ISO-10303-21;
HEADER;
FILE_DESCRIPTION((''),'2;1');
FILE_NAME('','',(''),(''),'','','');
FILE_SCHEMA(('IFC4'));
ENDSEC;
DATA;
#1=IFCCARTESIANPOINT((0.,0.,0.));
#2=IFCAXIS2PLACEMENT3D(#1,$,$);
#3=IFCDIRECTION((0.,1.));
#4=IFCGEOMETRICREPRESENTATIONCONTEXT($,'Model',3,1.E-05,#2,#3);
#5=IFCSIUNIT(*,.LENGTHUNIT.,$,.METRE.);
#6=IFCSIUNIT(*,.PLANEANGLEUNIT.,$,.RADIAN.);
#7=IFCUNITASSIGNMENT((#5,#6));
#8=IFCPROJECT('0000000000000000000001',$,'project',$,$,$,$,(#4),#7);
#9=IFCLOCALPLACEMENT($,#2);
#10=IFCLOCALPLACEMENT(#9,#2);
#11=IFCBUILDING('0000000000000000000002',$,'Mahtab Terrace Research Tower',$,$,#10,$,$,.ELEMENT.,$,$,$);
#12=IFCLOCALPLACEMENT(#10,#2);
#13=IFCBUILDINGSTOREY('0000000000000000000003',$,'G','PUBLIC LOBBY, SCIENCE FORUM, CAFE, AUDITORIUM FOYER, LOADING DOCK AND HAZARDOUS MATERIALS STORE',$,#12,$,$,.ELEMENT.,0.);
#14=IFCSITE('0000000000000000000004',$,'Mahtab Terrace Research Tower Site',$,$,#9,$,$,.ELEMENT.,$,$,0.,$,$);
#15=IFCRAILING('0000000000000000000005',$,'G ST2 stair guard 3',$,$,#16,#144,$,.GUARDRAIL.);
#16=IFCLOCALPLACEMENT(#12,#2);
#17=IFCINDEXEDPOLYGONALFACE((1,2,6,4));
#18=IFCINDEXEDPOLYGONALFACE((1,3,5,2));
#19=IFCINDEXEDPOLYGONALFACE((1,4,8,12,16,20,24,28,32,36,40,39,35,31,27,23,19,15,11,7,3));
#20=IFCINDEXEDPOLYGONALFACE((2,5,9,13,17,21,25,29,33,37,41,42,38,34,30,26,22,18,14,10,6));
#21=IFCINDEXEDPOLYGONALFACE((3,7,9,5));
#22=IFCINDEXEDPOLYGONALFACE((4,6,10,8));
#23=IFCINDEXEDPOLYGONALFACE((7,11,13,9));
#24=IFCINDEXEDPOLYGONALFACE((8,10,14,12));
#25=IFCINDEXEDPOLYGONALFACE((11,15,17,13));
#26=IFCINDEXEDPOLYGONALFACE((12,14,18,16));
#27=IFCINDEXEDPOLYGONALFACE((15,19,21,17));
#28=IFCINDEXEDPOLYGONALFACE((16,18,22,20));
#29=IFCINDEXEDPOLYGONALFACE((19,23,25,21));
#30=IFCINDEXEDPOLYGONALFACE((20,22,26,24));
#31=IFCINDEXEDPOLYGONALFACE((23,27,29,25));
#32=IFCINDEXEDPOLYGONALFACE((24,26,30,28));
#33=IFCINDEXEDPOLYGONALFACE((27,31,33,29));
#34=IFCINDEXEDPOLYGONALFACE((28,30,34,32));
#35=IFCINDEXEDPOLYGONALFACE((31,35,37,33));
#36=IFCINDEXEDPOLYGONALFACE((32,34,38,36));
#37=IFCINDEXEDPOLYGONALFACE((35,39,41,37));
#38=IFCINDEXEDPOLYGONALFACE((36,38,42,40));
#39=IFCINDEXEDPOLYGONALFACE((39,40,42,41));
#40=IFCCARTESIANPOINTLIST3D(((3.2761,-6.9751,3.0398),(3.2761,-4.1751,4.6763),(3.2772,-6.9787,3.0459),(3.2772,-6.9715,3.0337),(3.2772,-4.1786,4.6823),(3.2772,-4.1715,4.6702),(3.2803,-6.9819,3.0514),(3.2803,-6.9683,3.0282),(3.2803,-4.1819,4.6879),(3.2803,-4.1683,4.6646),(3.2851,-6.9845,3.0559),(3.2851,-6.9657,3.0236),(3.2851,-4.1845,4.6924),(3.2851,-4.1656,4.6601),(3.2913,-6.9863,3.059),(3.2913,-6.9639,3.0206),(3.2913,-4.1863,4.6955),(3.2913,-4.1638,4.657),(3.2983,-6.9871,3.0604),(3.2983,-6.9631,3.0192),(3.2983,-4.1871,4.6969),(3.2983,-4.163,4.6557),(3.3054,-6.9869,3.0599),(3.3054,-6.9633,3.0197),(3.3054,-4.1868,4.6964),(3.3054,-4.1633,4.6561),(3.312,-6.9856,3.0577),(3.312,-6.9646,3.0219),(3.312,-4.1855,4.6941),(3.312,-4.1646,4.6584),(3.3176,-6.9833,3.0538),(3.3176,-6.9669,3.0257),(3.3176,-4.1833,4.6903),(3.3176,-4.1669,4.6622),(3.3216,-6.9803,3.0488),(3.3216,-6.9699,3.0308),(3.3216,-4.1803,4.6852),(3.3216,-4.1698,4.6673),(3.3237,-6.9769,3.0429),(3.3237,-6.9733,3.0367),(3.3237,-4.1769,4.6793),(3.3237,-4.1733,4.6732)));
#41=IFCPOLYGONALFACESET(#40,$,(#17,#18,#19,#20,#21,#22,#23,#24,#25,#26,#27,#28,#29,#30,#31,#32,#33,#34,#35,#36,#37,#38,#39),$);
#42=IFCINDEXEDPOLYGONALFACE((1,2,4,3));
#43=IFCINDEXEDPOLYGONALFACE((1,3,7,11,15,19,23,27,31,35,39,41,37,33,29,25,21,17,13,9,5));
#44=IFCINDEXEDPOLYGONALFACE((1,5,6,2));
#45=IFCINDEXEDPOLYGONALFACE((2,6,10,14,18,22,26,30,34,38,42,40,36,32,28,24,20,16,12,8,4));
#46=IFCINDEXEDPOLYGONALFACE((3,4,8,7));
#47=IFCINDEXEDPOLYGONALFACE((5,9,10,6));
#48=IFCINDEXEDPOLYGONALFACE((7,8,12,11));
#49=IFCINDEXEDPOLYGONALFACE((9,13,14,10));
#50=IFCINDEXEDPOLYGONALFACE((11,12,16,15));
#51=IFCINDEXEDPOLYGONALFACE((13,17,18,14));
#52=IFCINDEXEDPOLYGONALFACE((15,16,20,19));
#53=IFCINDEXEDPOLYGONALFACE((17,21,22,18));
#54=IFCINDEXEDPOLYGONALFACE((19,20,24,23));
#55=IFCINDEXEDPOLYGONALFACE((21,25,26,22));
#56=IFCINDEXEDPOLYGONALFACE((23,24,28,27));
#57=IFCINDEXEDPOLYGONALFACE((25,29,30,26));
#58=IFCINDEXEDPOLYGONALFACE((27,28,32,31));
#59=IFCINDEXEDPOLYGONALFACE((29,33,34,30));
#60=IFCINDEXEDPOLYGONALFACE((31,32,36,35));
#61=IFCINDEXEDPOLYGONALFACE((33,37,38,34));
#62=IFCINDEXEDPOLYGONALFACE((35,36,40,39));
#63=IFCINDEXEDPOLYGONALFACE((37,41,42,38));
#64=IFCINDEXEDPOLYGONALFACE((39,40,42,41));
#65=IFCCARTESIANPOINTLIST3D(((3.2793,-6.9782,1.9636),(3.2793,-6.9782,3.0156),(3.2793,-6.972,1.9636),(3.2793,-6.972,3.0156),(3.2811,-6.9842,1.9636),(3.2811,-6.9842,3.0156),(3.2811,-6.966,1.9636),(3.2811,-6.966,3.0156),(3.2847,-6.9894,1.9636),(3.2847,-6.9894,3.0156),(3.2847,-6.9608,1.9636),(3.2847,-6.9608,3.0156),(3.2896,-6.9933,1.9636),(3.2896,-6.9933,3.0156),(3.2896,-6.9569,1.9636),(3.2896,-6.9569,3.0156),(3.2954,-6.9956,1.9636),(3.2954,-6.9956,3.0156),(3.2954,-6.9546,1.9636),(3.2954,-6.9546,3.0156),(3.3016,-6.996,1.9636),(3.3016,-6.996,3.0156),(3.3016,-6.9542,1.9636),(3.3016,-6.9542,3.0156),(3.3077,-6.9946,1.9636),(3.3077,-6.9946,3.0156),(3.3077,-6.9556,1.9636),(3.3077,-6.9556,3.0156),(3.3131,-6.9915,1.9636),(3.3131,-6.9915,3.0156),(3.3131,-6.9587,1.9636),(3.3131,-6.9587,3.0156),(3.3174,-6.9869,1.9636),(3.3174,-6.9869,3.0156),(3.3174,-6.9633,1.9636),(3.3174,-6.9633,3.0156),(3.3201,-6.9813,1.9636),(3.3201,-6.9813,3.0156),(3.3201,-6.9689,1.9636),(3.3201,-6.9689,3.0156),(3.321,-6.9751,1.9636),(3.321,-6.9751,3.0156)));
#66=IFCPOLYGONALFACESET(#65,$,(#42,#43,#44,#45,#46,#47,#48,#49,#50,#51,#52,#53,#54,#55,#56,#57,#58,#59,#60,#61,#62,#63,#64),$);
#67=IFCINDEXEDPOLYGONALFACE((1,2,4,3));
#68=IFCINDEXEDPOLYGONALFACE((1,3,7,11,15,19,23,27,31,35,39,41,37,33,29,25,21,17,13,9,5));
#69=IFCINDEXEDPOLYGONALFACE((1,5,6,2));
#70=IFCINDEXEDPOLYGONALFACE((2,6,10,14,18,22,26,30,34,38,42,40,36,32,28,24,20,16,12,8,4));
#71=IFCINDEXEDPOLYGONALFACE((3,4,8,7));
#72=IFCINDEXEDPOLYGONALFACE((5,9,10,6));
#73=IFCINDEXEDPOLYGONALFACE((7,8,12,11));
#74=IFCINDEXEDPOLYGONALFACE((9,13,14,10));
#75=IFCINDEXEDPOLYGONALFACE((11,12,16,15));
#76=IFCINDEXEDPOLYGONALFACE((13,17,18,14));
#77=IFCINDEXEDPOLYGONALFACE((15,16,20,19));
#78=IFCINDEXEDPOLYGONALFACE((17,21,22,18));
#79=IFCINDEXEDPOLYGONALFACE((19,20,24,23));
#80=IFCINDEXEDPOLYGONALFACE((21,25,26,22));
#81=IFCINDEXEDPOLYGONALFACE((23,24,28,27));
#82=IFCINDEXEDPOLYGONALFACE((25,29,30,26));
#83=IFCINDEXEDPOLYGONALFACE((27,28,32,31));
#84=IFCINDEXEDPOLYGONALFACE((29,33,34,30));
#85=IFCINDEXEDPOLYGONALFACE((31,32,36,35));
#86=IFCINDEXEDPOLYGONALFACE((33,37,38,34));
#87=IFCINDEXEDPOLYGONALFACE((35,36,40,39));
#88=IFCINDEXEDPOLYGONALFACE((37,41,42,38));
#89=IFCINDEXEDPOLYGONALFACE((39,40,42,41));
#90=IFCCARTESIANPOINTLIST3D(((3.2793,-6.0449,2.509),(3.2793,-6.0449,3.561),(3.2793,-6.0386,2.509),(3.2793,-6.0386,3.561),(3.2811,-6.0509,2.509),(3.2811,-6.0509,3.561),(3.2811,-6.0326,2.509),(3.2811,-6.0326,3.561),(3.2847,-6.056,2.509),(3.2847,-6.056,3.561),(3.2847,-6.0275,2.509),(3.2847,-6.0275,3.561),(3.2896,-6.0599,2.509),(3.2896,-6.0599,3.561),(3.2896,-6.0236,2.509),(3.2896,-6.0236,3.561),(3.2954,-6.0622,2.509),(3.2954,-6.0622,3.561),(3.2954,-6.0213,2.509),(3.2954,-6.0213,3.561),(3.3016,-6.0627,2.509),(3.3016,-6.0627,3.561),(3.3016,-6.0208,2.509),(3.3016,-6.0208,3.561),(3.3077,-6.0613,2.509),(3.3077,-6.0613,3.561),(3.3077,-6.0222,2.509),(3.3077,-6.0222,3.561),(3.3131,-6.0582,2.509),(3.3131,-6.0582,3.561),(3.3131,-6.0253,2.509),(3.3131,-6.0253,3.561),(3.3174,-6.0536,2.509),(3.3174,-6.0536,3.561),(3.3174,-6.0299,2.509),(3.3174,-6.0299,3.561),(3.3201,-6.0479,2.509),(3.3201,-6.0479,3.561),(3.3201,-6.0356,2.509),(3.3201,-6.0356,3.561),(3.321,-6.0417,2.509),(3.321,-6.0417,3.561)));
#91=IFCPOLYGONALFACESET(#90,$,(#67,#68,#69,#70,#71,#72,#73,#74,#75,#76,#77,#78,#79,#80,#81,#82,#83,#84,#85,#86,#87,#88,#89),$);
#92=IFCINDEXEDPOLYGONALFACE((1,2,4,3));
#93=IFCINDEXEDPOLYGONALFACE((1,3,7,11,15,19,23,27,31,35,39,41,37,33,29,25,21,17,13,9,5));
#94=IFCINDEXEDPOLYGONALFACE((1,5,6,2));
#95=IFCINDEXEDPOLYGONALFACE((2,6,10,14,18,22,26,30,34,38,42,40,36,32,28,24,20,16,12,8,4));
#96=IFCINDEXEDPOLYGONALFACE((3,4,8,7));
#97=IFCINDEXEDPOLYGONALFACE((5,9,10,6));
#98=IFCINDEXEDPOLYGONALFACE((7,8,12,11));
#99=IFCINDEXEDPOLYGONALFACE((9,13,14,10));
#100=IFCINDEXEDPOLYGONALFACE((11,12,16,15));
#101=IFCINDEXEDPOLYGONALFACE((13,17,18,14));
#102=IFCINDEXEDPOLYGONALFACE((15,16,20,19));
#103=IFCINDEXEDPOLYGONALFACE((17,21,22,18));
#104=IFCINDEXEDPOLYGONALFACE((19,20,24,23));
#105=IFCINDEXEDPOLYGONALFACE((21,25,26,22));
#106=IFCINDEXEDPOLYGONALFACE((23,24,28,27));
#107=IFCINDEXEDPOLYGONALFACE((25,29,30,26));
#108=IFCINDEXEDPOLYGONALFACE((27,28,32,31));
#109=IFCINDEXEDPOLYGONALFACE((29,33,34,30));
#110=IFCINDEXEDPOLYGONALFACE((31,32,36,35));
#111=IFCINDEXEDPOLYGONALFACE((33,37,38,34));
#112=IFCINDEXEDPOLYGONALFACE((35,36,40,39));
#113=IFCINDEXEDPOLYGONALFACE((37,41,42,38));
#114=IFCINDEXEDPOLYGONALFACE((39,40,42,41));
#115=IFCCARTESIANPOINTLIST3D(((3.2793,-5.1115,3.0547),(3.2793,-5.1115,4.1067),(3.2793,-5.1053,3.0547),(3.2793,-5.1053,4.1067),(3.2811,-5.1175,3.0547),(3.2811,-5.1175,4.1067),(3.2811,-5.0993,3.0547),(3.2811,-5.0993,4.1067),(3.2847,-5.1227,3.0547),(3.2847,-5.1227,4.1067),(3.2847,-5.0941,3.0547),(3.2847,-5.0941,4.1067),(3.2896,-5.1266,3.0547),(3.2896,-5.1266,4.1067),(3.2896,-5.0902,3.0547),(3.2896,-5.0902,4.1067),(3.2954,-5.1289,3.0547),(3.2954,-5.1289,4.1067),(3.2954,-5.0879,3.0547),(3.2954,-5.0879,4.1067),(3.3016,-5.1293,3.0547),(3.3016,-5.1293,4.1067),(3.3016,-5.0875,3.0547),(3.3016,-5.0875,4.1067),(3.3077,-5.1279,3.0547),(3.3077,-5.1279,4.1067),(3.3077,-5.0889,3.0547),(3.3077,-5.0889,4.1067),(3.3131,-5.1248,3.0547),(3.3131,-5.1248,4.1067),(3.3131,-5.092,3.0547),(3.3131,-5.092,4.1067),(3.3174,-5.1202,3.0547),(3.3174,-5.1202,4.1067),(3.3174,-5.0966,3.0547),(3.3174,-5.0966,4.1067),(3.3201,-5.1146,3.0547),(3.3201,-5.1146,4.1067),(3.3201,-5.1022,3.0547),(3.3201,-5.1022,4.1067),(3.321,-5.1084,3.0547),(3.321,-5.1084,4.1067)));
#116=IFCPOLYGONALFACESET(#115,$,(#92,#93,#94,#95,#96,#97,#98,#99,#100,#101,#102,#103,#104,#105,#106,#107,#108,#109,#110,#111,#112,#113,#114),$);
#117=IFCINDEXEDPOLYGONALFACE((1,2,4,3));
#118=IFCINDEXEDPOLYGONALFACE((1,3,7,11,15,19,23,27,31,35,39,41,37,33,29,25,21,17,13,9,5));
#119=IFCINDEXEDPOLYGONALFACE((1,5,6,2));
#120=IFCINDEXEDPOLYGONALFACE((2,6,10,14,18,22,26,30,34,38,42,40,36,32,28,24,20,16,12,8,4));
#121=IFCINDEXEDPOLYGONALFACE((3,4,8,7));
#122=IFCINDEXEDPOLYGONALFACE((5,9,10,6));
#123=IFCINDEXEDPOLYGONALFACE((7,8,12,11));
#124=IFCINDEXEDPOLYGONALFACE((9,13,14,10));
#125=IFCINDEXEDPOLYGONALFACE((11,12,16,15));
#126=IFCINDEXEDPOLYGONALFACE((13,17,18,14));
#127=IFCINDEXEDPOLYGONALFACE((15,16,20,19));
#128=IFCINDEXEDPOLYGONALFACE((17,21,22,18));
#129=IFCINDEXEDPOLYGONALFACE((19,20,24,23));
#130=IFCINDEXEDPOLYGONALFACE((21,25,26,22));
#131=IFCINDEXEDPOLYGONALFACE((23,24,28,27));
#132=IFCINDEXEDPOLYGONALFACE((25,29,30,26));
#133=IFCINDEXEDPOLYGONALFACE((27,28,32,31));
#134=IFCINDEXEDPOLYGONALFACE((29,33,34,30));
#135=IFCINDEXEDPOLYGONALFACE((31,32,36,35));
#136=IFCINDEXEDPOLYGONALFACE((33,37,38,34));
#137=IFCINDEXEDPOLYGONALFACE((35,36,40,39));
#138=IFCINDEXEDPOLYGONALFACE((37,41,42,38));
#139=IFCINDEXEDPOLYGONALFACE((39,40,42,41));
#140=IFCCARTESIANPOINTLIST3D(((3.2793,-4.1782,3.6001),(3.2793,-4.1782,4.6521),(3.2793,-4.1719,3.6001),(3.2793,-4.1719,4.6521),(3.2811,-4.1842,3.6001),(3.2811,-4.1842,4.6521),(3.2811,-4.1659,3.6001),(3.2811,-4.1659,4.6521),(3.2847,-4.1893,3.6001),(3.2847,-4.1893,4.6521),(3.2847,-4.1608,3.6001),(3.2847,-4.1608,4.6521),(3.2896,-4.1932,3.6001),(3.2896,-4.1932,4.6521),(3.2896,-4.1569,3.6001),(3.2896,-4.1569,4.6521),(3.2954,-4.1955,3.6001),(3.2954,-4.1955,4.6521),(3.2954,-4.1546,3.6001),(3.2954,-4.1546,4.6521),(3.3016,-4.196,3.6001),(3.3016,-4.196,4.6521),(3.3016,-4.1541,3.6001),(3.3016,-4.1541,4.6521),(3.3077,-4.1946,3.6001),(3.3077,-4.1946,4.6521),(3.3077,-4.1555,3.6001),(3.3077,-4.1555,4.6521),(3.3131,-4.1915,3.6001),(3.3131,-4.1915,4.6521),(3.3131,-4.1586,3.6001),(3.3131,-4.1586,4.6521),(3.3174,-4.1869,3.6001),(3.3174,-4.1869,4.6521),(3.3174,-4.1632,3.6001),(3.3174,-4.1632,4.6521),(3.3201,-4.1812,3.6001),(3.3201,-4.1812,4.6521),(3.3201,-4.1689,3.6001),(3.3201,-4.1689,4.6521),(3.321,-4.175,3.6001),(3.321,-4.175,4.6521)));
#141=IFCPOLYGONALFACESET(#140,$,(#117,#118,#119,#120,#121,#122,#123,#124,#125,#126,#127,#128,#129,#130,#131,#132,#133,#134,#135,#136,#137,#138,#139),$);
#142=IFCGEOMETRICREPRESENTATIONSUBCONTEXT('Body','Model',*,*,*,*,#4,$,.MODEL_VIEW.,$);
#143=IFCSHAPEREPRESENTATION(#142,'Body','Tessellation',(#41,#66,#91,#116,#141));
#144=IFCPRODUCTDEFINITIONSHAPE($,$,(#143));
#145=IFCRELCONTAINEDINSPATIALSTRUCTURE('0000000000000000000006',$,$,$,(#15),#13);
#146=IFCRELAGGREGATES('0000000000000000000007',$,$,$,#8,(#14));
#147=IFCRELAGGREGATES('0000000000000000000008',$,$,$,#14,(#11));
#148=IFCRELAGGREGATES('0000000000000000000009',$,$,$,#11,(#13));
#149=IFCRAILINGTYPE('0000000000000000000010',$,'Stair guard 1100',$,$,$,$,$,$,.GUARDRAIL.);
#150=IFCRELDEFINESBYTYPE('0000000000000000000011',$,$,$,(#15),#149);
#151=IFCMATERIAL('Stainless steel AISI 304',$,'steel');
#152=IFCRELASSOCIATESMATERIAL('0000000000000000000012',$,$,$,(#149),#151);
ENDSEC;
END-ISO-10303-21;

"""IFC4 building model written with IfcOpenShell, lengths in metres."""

from ifc_helpers import new_model, si_unit, direction, frame, origin, origin_2d, place, context, subcontext, project, spatial, circle, extrude, material, type_object, element, save


model = new_model("IFC4")

# Units and contexts
model_context = context("Model", 3, precision=1e-05, world=origin(), true_north=direction((0.0, 1.0)))
body_context = subcontext(model_context, "Body", "Model", "MODEL_VIEW")
ifc_project = project(units=[si_unit("LENGTHUNIT", "METRE"), si_unit("PLANEANGLEUNIT", "RADIAN")], contexts=[model_context])

# Site, building, storey
site_placement = place(None, origin())
site = spatial("IfcSite", under=ifc_project, at=site_placement, Name="Mahtab Terrace Research Tower Site", CompositionType="ELEMENT", RefElevation=0.0)
building_placement = place(site_placement, origin())
building = spatial("IfcBuilding", under=site, at=building_placement, Name="Mahtab Terrace Research Tower", CompositionType="ELEMENT")
storey_placement = place(building_placement, origin())
storey = spatial("IfcBuildingStorey", under=building, at=storey_placement, Name="G", Description="PUBLIC LOBBY, SCIENCE FORUM, CAFE, AUDITORIUM FOYER, LOADING DOCK AND HAZARDOUS MATERIALS STORE", CompositionType="ELEMENT", Elevation=0.0)

# Railing
ifc_material_1 = material(Name="Stainless steel AISI 304", Category="steel")
railing_type_1 = type_object("IfcRailingType", Name="Stair guard 1100", PredefinedType="GUARDRAIL", material=ifc_material_1)
railing_1_placement = place(storey_placement, frame((3.3, -6.9751, 1.9636)))
element("IfcRailing", 1, at=railing_1_placement, inside=storey, type_object=railing_type_1, Name="G ST2 stair guard 3", PredefinedType="GUARDRAIL", context=body_context, shape_type="SweptSolid", body=[
    extrude(circle(Radius=0.0239, at=origin_2d()), frame((0.0, 0.0, 1.0762), z_axis=(0.0, 0.863361, 0.504587), x_axis=(-1.0, 0.0, 0.0)), (0.0, 0.0, 1.0), 3.2432),
    extrude(circle(Radius=0.021, at=origin_2d()), origin(), (0.0, 0.0, 1.0), 1.052),
    extrude(circle(Radius=0.021, at=origin_2d()), frame((0.0, 0.9333, 0.5454)), (0.0, 0.0, 1.0), 1.052),
    extrude(circle(Radius=0.021, at=origin_2d()), frame((0.0, 1.8667, 1.0911)), (0.0, 0.0, 1.0), 1.052),
    extrude(circle(Radius=0.021, at=origin_2d()), frame((0.0, 2.8, 1.6365)), (0.0, 0.0, 1.0), 1.052),
])

save(model, "model.ifc")
